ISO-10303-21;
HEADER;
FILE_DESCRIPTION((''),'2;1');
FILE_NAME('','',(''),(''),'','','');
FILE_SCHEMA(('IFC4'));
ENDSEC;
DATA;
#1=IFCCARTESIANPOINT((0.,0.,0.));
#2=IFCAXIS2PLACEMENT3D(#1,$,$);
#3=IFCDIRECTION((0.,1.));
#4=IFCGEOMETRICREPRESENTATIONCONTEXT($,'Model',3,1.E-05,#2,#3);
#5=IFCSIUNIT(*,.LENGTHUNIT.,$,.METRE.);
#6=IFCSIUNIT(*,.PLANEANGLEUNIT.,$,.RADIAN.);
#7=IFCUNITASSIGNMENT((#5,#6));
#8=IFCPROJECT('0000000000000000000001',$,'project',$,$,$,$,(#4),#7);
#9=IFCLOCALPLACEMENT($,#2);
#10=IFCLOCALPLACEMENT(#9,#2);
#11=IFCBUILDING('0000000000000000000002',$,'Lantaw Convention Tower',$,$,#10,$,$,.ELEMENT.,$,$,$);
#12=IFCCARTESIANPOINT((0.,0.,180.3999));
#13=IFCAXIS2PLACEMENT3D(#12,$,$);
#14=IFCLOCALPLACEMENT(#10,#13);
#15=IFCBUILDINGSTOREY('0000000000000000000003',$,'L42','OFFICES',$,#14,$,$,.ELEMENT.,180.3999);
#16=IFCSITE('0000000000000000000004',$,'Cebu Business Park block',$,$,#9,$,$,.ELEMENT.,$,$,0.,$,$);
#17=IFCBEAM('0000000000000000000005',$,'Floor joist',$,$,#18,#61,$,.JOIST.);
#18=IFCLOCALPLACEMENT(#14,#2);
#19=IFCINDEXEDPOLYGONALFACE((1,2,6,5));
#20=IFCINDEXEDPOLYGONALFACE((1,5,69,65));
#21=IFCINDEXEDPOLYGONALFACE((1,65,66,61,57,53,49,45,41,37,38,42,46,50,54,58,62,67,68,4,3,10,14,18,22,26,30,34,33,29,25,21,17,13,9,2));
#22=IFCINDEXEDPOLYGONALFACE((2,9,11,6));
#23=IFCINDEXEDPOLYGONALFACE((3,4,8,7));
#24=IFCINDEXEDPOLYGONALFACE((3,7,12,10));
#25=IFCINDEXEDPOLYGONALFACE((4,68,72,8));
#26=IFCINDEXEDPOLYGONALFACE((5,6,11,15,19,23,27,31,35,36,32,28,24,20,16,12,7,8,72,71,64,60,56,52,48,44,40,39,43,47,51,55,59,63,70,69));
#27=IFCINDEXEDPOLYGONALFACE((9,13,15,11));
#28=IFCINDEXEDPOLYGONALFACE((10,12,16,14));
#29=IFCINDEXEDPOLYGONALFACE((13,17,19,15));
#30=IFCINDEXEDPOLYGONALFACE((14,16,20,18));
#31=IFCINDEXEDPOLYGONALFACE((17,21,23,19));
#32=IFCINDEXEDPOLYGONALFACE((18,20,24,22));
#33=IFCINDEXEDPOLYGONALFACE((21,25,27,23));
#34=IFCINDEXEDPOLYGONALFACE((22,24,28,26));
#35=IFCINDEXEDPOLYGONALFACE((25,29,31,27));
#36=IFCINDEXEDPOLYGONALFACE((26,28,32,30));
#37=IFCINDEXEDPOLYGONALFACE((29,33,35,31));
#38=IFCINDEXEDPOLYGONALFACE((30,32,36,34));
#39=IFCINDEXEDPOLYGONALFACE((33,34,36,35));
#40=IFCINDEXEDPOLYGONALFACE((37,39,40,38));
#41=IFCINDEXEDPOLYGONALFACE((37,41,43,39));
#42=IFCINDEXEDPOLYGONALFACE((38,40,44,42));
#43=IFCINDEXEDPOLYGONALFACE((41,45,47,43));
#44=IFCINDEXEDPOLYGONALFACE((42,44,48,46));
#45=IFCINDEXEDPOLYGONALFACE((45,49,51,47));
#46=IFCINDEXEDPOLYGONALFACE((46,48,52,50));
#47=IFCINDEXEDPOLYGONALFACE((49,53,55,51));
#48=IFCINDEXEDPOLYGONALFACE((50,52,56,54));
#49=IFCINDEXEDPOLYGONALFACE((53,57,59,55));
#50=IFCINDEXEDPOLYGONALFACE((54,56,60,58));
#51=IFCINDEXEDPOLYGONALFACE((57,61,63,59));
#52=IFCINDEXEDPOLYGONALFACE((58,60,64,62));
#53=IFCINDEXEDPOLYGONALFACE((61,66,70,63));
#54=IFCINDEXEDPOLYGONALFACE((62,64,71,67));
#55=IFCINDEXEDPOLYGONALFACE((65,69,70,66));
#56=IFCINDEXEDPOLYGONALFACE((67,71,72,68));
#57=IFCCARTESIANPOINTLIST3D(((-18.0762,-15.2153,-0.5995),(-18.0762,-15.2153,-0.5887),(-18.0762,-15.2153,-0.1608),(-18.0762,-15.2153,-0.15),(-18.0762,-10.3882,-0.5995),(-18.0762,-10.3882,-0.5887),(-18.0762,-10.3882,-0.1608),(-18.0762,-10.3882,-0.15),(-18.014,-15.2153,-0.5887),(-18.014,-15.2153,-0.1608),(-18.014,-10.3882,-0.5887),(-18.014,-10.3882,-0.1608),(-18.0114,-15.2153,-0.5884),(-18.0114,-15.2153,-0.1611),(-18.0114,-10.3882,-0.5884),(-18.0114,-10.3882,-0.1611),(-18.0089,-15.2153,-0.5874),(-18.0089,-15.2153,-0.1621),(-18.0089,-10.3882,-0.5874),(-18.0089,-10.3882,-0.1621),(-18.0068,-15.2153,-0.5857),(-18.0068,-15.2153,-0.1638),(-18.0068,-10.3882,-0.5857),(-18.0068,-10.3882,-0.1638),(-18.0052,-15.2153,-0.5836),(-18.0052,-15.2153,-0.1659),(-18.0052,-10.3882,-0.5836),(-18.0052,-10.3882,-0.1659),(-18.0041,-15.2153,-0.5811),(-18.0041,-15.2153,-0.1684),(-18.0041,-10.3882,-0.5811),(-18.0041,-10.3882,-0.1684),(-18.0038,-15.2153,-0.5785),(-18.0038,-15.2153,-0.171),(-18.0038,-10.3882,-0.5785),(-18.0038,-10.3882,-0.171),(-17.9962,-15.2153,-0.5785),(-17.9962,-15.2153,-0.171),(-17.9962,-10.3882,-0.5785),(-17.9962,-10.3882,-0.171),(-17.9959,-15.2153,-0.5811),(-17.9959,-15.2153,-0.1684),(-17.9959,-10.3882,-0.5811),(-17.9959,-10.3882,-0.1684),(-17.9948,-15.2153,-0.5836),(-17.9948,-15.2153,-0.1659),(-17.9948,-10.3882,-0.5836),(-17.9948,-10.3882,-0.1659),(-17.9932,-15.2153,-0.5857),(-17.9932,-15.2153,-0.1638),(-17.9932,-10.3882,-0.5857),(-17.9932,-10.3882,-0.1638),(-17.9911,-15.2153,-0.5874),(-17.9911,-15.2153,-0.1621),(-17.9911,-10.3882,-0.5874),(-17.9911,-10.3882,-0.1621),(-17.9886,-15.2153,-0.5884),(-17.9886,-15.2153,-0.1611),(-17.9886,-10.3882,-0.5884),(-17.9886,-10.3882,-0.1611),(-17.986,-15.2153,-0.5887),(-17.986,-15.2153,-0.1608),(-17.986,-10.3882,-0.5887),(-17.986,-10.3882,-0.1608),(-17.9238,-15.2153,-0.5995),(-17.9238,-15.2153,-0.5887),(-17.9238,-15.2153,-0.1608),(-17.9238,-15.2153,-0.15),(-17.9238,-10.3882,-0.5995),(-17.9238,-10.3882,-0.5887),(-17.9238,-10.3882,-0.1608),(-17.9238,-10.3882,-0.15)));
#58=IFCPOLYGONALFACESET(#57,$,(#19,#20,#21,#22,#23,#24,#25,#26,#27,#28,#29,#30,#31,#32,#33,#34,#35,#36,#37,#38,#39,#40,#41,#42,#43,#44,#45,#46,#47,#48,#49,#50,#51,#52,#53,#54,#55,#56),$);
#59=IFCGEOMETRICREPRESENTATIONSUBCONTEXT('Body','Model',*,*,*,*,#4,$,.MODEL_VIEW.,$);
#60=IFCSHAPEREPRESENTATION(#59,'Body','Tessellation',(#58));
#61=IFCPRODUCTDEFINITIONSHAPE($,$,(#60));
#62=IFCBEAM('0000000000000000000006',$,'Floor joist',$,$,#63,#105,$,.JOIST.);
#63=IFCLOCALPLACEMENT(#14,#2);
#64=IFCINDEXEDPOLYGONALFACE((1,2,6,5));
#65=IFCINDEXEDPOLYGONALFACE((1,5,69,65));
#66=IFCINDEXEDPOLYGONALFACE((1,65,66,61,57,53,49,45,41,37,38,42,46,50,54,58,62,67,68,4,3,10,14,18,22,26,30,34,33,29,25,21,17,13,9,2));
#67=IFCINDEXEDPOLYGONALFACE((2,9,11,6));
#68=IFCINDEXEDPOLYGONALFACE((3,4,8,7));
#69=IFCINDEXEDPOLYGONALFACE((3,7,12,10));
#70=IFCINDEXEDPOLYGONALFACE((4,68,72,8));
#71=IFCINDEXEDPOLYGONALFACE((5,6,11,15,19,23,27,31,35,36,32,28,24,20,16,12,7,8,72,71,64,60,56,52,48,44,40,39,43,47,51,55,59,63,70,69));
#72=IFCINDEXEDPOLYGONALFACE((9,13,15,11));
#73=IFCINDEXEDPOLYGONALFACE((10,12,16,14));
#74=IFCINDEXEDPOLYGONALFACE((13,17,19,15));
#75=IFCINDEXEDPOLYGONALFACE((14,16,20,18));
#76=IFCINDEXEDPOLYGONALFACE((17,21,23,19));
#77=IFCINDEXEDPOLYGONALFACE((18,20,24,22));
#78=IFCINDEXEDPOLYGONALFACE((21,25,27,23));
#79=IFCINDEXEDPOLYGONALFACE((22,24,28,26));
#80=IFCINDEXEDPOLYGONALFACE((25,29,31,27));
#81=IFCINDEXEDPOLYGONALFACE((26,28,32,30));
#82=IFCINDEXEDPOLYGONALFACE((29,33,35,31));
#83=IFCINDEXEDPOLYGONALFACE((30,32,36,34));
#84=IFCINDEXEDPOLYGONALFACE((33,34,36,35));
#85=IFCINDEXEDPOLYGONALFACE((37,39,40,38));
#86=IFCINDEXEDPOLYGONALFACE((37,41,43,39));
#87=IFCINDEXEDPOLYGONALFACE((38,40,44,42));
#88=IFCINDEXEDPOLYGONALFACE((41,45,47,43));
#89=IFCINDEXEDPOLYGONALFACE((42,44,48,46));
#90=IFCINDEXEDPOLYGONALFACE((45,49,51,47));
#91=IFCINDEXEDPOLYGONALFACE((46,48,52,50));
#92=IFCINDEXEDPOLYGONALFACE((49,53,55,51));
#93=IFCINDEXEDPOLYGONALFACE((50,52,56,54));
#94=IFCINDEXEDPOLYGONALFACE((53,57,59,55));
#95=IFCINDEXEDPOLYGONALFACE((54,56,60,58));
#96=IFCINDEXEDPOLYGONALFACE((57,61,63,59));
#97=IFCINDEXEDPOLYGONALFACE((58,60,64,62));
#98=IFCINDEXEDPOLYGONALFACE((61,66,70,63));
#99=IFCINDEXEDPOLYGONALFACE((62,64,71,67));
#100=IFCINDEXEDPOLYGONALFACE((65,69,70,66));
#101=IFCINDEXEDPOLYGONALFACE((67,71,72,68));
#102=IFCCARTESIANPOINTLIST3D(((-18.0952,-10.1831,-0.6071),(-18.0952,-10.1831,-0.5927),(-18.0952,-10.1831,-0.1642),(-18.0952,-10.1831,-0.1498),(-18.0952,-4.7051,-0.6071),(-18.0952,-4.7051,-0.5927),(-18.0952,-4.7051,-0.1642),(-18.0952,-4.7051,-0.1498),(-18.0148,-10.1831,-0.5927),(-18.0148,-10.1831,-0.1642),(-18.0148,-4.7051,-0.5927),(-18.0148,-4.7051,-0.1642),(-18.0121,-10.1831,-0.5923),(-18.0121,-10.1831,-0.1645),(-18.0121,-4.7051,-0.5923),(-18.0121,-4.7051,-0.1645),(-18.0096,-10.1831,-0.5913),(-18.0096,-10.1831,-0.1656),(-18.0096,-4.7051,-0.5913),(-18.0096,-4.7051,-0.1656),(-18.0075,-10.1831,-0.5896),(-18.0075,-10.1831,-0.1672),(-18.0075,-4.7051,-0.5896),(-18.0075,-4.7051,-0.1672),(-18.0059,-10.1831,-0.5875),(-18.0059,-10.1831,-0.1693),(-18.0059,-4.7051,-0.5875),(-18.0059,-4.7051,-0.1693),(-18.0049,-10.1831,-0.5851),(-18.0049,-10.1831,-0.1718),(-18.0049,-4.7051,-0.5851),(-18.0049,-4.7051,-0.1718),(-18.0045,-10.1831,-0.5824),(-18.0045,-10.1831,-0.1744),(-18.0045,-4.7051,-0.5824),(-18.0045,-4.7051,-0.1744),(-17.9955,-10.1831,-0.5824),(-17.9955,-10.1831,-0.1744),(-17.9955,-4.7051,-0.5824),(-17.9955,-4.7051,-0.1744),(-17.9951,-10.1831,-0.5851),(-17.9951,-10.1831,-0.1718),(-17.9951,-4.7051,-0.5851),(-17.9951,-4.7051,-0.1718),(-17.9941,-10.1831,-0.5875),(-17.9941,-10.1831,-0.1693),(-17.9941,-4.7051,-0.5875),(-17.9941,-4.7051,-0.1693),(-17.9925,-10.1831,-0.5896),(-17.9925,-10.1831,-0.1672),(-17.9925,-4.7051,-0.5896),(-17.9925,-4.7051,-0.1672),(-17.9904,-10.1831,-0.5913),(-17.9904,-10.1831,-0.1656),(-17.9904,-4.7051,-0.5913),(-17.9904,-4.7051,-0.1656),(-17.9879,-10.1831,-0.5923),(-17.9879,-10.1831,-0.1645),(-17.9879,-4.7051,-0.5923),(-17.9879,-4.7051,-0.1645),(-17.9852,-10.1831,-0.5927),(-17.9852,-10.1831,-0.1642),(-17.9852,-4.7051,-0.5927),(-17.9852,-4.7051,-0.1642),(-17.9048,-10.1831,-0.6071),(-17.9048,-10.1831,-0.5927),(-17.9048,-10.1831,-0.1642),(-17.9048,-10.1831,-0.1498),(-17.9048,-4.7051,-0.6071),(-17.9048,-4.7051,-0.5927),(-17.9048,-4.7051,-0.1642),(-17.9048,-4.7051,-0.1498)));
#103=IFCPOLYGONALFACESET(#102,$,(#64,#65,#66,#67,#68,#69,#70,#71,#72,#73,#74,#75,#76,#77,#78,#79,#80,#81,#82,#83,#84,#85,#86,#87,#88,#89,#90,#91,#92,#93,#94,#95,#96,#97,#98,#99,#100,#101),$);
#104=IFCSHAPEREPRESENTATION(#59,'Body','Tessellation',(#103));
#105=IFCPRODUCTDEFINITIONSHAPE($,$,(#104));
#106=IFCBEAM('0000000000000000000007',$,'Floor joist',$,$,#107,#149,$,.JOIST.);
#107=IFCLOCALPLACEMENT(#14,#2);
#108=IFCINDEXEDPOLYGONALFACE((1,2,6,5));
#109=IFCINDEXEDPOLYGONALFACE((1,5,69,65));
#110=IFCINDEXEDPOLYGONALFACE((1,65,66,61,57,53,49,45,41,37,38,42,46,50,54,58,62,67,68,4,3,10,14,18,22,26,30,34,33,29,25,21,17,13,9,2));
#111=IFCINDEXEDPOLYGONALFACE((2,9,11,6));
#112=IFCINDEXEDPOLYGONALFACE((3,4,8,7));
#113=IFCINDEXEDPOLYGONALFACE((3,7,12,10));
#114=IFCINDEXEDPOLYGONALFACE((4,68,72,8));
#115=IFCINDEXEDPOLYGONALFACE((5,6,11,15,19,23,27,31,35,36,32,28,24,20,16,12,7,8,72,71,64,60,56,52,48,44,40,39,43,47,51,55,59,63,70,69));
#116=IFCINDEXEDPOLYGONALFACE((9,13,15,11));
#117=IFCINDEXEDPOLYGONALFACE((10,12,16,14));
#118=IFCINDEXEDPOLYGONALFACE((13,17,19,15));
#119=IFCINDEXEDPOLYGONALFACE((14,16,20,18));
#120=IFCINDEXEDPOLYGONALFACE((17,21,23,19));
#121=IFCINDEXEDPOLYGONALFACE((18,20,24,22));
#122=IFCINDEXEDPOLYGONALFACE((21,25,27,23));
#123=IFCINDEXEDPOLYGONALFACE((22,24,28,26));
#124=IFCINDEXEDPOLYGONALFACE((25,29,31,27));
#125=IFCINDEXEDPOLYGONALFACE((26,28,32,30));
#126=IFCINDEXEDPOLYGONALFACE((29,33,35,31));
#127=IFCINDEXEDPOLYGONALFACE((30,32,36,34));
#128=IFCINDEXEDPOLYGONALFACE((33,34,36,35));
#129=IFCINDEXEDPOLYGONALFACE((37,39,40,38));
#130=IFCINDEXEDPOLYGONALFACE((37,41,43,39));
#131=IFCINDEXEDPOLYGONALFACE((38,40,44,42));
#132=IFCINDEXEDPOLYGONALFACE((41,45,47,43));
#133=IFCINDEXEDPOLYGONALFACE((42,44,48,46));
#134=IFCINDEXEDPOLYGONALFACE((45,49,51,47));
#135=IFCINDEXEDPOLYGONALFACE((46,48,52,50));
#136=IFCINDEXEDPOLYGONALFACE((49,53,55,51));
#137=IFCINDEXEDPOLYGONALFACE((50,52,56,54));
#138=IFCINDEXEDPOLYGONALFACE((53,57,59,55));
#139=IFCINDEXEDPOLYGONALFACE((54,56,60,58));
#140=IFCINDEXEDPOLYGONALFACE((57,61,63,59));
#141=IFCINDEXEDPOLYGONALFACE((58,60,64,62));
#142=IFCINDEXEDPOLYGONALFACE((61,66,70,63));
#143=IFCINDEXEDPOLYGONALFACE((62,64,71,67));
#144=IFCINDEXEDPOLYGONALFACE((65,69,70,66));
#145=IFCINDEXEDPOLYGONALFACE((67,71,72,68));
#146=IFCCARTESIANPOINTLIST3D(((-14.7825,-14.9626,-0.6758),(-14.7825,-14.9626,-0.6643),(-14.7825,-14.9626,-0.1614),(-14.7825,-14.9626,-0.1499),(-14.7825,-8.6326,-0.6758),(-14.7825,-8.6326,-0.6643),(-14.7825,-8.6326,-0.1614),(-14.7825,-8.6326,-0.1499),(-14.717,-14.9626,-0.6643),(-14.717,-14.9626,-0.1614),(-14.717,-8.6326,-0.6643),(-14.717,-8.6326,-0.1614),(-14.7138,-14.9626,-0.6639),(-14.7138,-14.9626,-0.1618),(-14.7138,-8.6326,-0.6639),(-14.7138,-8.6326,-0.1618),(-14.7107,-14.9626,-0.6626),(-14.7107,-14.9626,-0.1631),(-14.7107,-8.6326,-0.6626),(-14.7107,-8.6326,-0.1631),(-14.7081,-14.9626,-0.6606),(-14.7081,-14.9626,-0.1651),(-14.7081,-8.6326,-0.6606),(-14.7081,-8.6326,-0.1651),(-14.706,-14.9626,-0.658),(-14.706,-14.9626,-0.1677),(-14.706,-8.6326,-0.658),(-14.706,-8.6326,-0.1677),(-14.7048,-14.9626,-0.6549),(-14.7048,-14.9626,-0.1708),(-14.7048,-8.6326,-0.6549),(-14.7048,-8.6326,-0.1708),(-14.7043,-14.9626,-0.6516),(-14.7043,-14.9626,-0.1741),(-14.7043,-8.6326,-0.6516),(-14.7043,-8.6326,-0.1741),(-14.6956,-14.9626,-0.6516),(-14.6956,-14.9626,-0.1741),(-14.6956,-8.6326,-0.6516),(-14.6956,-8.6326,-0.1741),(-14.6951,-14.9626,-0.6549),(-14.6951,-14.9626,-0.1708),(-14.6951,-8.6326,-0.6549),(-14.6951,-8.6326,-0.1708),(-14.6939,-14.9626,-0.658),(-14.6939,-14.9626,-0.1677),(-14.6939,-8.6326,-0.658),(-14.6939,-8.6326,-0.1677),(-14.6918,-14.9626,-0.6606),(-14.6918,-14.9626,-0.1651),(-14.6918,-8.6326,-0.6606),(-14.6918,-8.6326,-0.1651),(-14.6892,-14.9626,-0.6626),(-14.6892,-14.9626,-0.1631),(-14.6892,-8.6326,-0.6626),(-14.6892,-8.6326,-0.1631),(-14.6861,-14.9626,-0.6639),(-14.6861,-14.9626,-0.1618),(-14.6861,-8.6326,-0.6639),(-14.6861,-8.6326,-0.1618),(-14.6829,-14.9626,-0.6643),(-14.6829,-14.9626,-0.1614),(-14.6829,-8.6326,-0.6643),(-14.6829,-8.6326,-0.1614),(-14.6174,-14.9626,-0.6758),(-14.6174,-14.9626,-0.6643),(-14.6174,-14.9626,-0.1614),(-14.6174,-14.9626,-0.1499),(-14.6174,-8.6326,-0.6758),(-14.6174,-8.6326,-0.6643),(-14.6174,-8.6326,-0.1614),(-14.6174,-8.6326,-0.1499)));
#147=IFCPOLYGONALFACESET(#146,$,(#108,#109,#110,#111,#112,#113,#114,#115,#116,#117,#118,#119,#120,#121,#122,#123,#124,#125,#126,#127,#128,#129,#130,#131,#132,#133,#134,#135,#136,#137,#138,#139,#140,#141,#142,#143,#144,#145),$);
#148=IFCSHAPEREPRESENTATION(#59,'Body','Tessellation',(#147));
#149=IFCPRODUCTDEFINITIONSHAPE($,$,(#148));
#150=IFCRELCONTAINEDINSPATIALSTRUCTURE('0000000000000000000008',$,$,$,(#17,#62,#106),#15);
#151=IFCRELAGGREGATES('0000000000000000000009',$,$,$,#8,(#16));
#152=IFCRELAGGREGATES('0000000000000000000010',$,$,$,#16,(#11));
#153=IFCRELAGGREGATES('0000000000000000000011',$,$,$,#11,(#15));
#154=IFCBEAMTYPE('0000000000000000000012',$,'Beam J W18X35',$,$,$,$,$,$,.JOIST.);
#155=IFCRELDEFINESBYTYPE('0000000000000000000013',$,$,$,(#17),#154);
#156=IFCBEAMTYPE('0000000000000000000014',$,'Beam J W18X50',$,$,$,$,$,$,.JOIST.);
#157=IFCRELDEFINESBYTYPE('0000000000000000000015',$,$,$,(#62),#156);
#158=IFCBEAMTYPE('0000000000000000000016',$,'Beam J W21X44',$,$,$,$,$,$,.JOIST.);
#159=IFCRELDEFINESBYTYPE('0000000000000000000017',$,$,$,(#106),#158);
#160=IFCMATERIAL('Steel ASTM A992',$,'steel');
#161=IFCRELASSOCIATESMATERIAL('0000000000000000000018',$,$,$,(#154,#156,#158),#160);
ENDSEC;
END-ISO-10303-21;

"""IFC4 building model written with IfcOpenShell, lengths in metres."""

from ifc_helpers import new_model, si_unit, direction, frame, origin, origin_2d, place, context, subcontext, project, spatial, i_section, extrude, material, material_profile, profile_set, type_object, element, save


model = new_model("IFC4")

# Units and contexts
model_context = context("Model", 3, precision=1e-05, world=origin(), true_north=direction((0.0, 1.0)))
body_context = subcontext(model_context, "Body", "Model", "MODEL_VIEW")
ifc_project = project(units=[si_unit("LENGTHUNIT", "METRE"), si_unit("PLANEANGLEUNIT", "RADIAN")], contexts=[model_context])

# Site, building, storey
site_placement = place(None, origin())
site = spatial("IfcSite", under=ifc_project, at=site_placement, Name="Cebu Business Park block", CompositionType="ELEMENT", RefElevation=0.0)
building_placement = place(site_placement, origin())
building = spatial("IfcBuilding", under=site, at=building_placement, Name="Lantaw Convention Tower", CompositionType="ELEMENT")
storey_placement = place(building_placement, frame((0.0, 0.0, 180.3999)))
storey = spatial("IfcBuildingStorey", under=building, at=storey_placement, Name="L42", Description="OFFICES", CompositionType="ELEMENT", Elevation=180.3999)

# Beams
ifc_material_1 = material(Name="Steel ASTM A992", Category="steel")
ifc_material_profile_1 = material_profile(ifc_material_1, i_section(OverallWidth=0.1523, OverallDepth=0.4495, WebThickness=0.0076, FlangeThickness=0.0107, FilletRadius=0.0103, at=origin_2d()), Name="W18X35")
ifc_profile_set_1 = profile_set([ifc_material_profile_1], Name="Steel ASTM A992")
beam_type_1 = type_object("IfcBeamType", Name="Beam J W18X35", PredefinedType="JOIST", material=ifc_profile_set_1)
beam_1_placement = place(storey_placement, frame((-18.0, -15.2153, -0.3748), z_axis=(0.0, 1.0, 0.0), x_axis=(-1.0, 0.0, 0.0)))
element("IfcBeam", 1, at=beam_1_placement, inside=storey, type_object=beam_type_1, Name="Floor joist", PredefinedType="JOIST", context=body_context, shape_type="SweptSolid", body=[
    extrude(i_section(OverallWidth=0.1523, OverallDepth=0.4495, WebThickness=0.0076, FlangeThickness=0.0107, FilletRadius=0.0103, at=origin_2d()), origin(), (0.0, 0.0, 1.0), 4.8271),
])
ifc_material_profile_2 = material_profile(ifc_material_1, i_section(OverallWidth=0.1904, OverallDepth=0.4573, WebThickness=0.009, FlangeThickness=0.0144, FilletRadius=0.0103, at=origin_2d()), Name="W18X50")
ifc_profile_set_2 = profile_set([ifc_material_profile_2], Name="Steel ASTM A992")
beam_type_2 = type_object("IfcBeamType", Name="Beam J W18X50", PredefinedType="JOIST", material=ifc_profile_set_2)
beam_2_placement = place(storey_placement, frame((-18.0, -10.1831, -0.3784), z_axis=(0.0, 1.0, 0.0), x_axis=(-1.0, 0.0, 0.0)))
element("IfcBeam", 2, at=beam_2_placement, inside=storey, type_object=beam_type_2, Name="Floor joist", PredefinedType="JOIST", context=body_context, shape_type="SweptSolid", body=[
    extrude(i_section(OverallWidth=0.1904, OverallDepth=0.4573, WebThickness=0.009, FlangeThickness=0.0144, FilletRadius=0.0103, at=origin_2d()), origin(), (0.0, 0.0, 1.0), 5.478),
])
ifc_material_profile_3 = material_profile(ifc_material_1, i_section(OverallWidth=0.165, OverallDepth=0.5259, WebThickness=0.0088, FlangeThickness=0.0115, FilletRadius=0.0127, at=origin_2d()), Name="W21X44")
ifc_profile_set_3 = profile_set([ifc_material_profile_3], Name="Steel ASTM A992")
beam_type_3 = type_object("IfcBeamType", Name="Beam J W21X44", PredefinedType="JOIST", material=ifc_profile_set_3)
beam_3_placement = place(storey_placement, frame((-14.7, -14.9626, -0.4128), z_axis=(0.0, 1.0, 0.0), x_axis=(-1.0, 0.0, 0.0)))
element("IfcBeam", 3, at=beam_3_placement, inside=storey, type_object=beam_type_3, Name="Floor joist", PredefinedType="JOIST", context=body_context, shape_type="SweptSolid", body=[
    extrude(i_section(OverallWidth=0.165, OverallDepth=0.5259, WebThickness=0.0088, FlangeThickness=0.0115, FilletRadius=0.0127, at=origin_2d()), origin(), (0.0, 0.0, 1.0), 6.3301),
])

save(model, "model.ifc")
